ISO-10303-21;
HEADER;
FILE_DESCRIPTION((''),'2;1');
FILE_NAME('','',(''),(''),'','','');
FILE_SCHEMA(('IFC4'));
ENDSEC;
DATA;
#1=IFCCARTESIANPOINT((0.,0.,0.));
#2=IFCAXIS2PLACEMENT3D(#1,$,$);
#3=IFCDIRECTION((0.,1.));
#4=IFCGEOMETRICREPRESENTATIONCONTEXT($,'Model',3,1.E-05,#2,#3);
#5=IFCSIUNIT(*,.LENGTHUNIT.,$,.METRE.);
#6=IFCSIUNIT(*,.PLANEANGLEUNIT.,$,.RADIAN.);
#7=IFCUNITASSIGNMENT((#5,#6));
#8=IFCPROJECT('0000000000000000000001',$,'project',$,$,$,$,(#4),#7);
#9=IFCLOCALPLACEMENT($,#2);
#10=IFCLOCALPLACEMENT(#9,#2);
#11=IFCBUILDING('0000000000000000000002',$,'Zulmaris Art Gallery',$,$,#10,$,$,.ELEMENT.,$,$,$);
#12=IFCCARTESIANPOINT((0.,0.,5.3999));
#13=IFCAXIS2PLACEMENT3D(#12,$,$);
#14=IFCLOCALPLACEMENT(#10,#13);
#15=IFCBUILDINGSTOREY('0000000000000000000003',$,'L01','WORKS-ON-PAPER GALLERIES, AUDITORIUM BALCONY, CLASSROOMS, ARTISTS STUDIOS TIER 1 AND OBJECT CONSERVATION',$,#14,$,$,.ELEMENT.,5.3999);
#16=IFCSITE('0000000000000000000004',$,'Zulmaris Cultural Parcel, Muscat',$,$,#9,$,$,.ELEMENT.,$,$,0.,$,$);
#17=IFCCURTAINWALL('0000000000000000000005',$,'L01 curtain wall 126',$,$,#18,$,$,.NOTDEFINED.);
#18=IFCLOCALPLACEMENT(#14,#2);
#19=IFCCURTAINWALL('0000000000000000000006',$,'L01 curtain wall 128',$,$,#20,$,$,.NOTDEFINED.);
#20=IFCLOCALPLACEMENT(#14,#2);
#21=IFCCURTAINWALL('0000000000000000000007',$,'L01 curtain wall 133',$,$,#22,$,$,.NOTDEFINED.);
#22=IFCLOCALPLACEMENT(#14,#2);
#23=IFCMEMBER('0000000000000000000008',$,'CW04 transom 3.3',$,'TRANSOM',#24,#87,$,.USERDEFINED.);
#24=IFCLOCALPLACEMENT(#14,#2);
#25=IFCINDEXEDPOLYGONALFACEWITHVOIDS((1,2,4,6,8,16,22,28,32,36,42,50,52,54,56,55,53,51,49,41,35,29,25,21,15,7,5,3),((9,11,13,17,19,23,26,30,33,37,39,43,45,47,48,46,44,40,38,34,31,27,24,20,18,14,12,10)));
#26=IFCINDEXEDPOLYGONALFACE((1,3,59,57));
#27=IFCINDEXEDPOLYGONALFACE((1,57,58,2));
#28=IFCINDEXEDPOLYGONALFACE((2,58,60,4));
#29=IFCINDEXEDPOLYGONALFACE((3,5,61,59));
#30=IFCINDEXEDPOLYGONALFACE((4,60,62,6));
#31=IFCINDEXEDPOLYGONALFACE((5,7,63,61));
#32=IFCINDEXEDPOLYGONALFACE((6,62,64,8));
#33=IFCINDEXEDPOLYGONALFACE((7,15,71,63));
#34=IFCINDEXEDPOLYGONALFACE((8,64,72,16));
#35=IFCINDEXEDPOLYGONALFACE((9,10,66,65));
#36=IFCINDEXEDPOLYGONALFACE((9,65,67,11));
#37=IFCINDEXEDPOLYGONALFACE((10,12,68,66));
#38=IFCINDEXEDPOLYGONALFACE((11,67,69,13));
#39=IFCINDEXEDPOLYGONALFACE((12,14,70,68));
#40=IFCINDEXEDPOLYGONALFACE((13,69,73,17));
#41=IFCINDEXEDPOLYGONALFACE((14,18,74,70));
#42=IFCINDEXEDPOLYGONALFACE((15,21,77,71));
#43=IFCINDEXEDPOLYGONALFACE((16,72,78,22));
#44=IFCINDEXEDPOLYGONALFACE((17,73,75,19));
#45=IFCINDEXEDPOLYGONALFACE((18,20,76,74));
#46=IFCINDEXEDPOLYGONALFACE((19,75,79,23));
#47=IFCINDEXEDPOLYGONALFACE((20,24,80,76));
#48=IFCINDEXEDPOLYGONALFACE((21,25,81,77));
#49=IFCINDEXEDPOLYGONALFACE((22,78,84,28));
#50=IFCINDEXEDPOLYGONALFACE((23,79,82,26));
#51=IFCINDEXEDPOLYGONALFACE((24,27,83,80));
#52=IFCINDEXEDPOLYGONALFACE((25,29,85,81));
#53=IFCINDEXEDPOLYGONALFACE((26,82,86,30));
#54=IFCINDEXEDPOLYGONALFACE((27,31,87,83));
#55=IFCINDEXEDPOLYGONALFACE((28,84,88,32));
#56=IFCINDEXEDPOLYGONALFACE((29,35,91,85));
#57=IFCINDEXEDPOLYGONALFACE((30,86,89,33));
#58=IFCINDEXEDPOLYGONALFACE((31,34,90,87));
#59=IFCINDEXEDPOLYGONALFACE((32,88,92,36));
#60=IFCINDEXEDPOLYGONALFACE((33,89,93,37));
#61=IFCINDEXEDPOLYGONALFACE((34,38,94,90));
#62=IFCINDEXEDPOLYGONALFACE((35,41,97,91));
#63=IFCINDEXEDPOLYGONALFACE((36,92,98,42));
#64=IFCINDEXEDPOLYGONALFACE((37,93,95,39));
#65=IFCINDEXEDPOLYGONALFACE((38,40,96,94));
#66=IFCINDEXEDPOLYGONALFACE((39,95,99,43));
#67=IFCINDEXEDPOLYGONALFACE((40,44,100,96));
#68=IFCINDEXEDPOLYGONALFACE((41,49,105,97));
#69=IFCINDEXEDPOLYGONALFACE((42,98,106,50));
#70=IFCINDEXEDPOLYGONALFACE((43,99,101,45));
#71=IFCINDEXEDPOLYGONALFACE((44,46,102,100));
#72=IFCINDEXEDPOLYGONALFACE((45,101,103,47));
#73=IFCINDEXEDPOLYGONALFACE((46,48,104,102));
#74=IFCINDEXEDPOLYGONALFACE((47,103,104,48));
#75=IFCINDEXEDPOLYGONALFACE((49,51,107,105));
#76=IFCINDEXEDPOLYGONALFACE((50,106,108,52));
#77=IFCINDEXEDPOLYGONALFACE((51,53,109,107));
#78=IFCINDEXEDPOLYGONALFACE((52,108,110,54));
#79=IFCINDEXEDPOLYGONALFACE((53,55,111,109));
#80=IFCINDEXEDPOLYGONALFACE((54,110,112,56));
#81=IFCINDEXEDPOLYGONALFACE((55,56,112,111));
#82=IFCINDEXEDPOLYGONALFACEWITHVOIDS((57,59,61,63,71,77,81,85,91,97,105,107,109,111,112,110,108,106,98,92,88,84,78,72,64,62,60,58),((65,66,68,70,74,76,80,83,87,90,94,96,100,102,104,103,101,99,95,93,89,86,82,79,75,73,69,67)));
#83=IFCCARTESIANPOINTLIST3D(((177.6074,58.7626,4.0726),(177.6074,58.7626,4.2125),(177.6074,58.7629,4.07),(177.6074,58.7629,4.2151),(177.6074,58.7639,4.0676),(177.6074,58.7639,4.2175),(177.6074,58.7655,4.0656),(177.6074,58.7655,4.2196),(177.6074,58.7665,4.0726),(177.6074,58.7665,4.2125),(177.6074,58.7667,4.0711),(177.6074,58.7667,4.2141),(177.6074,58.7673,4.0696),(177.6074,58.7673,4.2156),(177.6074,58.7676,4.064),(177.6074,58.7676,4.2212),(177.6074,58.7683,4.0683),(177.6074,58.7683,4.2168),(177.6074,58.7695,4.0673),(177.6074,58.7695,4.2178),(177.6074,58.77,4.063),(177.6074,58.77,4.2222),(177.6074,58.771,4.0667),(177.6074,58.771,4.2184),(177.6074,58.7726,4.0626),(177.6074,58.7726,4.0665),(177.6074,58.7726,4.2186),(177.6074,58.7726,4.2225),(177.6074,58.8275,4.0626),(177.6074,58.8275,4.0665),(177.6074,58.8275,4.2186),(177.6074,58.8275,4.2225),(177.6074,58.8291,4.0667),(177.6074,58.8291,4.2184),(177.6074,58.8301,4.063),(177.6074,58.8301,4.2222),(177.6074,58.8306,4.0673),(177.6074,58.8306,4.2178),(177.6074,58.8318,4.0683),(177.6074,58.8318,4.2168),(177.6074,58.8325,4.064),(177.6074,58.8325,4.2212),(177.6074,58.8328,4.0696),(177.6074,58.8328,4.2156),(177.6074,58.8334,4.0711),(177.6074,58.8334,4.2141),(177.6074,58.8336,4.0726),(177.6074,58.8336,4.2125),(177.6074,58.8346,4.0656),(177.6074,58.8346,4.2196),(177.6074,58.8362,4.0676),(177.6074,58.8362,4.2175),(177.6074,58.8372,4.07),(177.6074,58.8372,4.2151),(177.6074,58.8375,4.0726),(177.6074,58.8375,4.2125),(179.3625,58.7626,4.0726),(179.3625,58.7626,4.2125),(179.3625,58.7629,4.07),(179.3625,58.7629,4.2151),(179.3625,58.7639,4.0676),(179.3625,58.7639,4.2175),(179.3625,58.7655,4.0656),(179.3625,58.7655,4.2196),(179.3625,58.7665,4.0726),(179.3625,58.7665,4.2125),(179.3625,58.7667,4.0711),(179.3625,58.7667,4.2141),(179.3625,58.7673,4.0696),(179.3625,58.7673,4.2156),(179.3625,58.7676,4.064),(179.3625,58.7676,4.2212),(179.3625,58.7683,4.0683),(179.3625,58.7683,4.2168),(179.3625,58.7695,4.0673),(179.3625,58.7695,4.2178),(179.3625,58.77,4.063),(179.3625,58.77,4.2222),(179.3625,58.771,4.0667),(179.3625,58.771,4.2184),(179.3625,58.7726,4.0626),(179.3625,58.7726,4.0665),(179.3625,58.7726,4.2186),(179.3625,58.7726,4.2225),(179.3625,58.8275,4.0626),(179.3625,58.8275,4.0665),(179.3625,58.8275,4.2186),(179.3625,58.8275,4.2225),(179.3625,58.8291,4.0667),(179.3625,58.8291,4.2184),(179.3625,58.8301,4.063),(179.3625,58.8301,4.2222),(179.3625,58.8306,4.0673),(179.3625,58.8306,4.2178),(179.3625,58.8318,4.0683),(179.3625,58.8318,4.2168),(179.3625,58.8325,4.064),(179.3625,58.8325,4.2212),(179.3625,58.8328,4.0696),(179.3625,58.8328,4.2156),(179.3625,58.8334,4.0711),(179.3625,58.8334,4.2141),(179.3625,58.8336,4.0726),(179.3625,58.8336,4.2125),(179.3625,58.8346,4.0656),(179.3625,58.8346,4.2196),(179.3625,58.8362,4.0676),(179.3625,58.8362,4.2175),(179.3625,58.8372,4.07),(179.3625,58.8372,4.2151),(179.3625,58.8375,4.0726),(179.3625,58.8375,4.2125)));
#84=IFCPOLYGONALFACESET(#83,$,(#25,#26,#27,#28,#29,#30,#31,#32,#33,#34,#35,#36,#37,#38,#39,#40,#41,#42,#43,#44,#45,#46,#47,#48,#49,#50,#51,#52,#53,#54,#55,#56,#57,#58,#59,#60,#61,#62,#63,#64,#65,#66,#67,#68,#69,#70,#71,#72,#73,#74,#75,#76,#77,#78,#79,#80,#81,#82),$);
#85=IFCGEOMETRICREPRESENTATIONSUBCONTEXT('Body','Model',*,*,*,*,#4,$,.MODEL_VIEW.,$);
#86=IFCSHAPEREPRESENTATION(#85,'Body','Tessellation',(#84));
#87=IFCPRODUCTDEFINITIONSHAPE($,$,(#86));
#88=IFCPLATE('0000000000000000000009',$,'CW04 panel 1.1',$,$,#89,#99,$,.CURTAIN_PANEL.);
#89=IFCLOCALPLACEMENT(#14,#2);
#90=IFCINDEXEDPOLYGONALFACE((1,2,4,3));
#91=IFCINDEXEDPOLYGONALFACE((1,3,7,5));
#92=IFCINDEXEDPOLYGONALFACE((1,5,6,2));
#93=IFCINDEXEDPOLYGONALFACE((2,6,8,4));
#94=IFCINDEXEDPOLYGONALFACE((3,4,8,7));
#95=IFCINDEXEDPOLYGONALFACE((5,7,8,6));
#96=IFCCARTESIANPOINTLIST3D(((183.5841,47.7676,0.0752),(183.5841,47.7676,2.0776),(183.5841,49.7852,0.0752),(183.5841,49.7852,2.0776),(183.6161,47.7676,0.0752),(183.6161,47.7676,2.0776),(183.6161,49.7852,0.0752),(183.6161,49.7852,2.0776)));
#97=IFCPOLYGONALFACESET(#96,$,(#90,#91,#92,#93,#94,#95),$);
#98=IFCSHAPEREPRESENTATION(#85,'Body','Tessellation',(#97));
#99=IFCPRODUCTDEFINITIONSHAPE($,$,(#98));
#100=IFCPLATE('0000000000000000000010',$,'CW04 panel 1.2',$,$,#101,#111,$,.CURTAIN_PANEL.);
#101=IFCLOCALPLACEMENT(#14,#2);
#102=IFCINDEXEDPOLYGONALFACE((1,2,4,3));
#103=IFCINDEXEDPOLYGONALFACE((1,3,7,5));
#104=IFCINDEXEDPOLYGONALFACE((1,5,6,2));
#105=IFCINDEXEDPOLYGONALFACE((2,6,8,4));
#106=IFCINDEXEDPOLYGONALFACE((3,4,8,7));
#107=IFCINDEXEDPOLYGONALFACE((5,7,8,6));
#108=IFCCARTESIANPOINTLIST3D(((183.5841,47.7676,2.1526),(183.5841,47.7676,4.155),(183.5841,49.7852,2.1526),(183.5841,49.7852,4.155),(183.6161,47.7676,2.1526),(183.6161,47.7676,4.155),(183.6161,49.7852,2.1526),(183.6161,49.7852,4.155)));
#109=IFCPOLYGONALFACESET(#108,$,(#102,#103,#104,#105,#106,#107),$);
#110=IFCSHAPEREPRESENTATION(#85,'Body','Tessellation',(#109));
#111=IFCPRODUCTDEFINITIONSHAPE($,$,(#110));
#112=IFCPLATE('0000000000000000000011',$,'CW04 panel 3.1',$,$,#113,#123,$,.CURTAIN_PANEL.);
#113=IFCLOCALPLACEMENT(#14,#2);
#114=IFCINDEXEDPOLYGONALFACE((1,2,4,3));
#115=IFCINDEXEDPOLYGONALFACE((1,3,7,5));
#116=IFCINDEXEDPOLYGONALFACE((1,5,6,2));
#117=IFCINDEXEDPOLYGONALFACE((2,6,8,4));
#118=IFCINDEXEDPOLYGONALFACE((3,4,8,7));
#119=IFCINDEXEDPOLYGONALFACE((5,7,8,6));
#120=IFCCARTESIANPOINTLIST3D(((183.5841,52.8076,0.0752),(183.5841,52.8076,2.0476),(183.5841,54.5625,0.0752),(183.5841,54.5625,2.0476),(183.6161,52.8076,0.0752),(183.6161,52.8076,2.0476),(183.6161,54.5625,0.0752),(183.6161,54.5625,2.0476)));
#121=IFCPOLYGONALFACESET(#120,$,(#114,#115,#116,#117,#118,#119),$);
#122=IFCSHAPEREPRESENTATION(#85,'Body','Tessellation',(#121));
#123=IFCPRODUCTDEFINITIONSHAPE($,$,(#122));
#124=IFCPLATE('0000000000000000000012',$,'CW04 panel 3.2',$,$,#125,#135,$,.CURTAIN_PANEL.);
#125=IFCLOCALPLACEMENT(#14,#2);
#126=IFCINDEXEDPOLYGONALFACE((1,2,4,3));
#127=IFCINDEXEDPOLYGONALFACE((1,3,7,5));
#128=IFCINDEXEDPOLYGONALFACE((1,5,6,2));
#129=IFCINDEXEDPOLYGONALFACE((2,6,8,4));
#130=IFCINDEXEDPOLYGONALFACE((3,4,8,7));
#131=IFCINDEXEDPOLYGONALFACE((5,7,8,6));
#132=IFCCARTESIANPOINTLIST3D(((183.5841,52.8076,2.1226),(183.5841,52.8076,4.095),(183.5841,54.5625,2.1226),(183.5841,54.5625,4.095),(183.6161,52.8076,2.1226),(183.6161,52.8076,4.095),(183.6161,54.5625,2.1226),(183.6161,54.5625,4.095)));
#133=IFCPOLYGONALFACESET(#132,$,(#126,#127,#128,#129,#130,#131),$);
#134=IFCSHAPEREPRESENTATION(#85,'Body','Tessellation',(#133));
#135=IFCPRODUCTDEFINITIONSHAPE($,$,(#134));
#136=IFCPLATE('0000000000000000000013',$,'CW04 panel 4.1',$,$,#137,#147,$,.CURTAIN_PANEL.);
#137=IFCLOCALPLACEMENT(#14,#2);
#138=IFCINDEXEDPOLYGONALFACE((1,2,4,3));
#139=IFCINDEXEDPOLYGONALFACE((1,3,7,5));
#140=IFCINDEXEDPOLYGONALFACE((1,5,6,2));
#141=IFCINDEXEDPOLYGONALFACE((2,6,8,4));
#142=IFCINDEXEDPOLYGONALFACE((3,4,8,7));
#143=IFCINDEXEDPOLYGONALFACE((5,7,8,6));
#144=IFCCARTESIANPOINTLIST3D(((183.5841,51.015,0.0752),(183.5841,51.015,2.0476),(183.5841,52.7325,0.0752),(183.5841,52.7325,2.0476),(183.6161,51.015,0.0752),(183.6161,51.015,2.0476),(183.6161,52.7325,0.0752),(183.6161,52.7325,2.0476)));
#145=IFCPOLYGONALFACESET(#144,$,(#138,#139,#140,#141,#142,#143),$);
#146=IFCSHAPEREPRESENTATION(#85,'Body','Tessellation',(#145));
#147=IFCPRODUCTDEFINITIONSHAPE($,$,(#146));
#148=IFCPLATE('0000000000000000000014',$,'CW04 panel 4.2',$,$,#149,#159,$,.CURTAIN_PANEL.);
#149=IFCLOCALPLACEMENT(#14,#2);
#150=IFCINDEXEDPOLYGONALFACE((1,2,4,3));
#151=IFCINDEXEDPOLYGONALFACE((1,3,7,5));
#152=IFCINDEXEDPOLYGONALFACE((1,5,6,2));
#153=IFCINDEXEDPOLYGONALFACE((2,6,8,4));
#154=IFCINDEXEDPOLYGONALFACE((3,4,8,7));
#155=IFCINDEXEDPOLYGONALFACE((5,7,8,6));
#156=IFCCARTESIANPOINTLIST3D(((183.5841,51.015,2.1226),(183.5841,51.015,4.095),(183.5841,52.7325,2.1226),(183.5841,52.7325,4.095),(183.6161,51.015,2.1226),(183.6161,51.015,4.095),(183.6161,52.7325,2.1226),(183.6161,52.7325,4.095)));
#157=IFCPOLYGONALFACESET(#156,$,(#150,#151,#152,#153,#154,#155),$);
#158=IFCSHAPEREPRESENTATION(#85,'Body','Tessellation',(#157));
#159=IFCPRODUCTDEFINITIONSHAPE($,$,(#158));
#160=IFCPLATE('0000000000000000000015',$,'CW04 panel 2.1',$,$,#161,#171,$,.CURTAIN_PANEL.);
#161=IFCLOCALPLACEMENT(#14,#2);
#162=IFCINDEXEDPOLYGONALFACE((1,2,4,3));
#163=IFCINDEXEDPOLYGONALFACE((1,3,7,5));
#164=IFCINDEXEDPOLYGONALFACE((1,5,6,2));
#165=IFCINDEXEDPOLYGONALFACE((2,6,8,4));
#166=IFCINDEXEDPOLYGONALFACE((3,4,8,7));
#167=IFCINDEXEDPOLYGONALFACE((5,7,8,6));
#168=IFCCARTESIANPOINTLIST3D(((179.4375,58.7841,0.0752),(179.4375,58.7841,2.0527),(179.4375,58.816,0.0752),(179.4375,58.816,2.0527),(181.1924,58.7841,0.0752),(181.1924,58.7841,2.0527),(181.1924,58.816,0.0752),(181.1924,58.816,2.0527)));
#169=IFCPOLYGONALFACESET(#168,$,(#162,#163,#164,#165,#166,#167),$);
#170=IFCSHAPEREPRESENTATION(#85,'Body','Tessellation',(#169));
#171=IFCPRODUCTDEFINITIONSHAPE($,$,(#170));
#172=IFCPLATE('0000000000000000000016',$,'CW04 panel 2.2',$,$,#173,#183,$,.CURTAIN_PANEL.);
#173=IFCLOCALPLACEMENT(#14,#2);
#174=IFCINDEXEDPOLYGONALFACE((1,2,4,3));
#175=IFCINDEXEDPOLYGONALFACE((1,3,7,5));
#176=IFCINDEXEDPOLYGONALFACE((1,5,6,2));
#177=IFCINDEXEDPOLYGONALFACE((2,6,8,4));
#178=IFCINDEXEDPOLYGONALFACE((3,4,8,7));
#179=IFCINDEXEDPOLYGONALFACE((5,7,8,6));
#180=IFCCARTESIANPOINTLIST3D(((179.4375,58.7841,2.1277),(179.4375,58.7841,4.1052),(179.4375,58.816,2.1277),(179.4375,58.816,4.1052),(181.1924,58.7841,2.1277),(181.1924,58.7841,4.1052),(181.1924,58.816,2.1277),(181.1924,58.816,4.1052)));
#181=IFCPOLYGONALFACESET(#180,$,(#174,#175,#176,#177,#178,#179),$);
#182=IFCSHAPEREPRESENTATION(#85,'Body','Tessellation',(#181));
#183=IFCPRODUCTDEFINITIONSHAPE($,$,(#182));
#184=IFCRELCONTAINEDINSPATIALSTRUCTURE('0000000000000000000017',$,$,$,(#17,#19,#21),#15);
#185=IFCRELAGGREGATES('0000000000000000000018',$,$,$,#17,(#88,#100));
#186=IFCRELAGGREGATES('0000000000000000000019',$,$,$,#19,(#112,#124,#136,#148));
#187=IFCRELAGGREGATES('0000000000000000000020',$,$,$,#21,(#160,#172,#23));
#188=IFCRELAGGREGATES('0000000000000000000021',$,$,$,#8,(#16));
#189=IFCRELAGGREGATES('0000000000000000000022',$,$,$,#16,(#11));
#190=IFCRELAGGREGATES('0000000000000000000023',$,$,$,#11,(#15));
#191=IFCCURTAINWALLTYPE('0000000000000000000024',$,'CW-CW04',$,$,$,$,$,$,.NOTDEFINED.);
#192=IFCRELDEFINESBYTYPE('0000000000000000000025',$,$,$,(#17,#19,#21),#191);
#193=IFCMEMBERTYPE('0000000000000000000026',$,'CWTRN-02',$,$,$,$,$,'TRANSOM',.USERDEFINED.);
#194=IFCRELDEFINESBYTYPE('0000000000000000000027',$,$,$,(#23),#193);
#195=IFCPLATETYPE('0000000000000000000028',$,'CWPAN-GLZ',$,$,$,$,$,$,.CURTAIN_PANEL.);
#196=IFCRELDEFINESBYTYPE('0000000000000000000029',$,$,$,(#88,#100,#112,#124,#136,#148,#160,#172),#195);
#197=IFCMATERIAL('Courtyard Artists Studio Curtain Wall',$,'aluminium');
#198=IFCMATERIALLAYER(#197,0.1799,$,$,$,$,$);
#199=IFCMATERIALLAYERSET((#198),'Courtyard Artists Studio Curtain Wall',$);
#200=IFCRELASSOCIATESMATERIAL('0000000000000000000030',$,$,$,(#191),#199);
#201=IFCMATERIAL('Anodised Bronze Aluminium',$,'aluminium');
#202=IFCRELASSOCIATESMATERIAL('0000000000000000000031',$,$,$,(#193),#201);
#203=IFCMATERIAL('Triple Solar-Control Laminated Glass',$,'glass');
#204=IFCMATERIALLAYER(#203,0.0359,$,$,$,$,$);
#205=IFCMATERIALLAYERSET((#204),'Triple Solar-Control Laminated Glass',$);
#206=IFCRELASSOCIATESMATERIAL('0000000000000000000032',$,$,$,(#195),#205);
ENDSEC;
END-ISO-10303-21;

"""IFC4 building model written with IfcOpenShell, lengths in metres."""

from ifc_helpers import new_model, si_unit, direction, frame, origin, origin_2d, place, context, subcontext, project, spatial, rectangle, hollow_rectangle, extrude, material, layer, layer_set, material_profile, profile_set, type_object, element, aggregate, save


model = new_model("IFC4")

# Units and contexts
model_context = context("Model", 3, precision=1e-05, world=origin(), true_north=direction((0.0, 1.0)))
body_context = subcontext(model_context, "Body", "Model", "MODEL_VIEW")
ifc_project = project(units=[si_unit("LENGTHUNIT", "METRE"), si_unit("PLANEANGLEUNIT", "RADIAN")], contexts=[model_context])

# Site, building, storey
site_placement = place(None, origin())
site = spatial("IfcSite", under=ifc_project, at=site_placement, Name="Zulmaris Cultural Parcel, Muscat", CompositionType="ELEMENT", RefElevation=0.0)
building_placement = place(site_placement, origin())
building = spatial("IfcBuilding", under=site, at=building_placement, Name="Zulmaris Art Gallery", CompositionType="ELEMENT")
storey_placement = place(building_placement, frame((0.0, 0.0, 5.3999)))
storey = spatial("IfcBuildingStorey", under=building, at=storey_placement, Name="L01", Description="WORKS-ON-PAPER GALLERIES, AUDITORIUM BALCONY, CLASSROOMS, ARTISTS STUDIOS TIER 1 AND OBJECT CONSERVATION", CompositionType="ELEMENT", Elevation=5.3999)

# Curtain walls
ifc_material_1 = material(Name="Courtyard Artists Studio Curtain Wall", Category="aluminium")
ifc_layer_1 = layer(ifc_material_1, 0.1799)
ifc_layer_set_1 = layer_set([ifc_layer_1], Name="Courtyard Artists Studio Curtain Wall")
curtain_wall_type = type_object("IfcCurtainWallType", Name="CW-CW04", PredefinedType="NOTDEFINED", material=ifc_layer_set_1)
curtain_wall_1_placement = place(storey_placement, origin())
curtain_wall_1 = element("IfcCurtainWall", 1, at=curtain_wall_1_placement, inside=storey, type_object=curtain_wall_type, Name="L01 curtain wall 126", PredefinedType="NOTDEFINED")
ifc_material_2 = material(Name="Anodised Bronze Aluminium", Category="aluminium")
curtain_wall_2_placement = place(storey_placement, origin())
curtain_wall_2 = element("IfcCurtainWall", 2, at=curtain_wall_2_placement, inside=storey, type_object=curtain_wall_type, Name="L01 curtain wall 128", PredefinedType="NOTDEFINED")

# Curtain wall
curtain_wall_3_placement = place(storey_placement, origin())
curtain_wall_3 = element("IfcCurtainWall", 3, at=curtain_wall_3_placement, inside=storey, type_object=curtain_wall_type, Name="L01 curtain wall 133", PredefinedType="NOTDEFINED")

# Member
ifc_material_profile_1 = material_profile(ifc_material_2, hollow_rectangle(XDim=0.075, YDim=0.1599, WallThickness=0.0039, InnerFilletRadius=0.0061, OuterFilletRadius=0.01, at=origin_2d()), Name="ALU 75x160x4")
ifc_profile_set_1 = profile_set([ifc_material_profile_1], Name="Anodised Bronze Aluminium")
member_type_1 = type_object("IfcMemberType", Name="CWTRN-02", ElementType="TRANSOM", PredefinedType="USERDEFINED", material=ifc_profile_set_1)
member_1_placement = place(storey_placement, frame((179.3625, 58.8, 4.1426), z_axis=(-1.0, 0.0, 0.0), x_axis=(0.0, -1.0, 0.0)))
member_1 = element("IfcMember", 4, at=member_1_placement, type_object=member_type_1, Name="CW04 transom 3.3", ObjectType="TRANSOM", PredefinedType="USERDEFINED", context=body_context, shape_type="SweptSolid", body=[
    extrude(hollow_rectangle(XDim=0.075, YDim=0.1599, WallThickness=0.0039, InnerFilletRadius=0.0061, OuterFilletRadius=0.01, at=origin_2d()), origin(), (0.0, 0.0, 1.0), 1.7551),
])

# Plates
ifc_material_3 = material(Name="Triple Solar-Control Laminated Glass", Category="glass")
ifc_layer_2 = layer(ifc_material_3, 0.0359)
ifc_layer_set_2 = layer_set([ifc_layer_2], Name="Triple Solar-Control Laminated Glass")
plate_type = type_object("IfcPlateType", Name="CWPAN-GLZ", PredefinedType="CURTAIN_PANEL", material=ifc_layer_set_2)
plate_1_placement = place(storey_placement, frame((183.6001, 48.7764, 0.0752), z_axis=(0.0, 0.0, 1.0), x_axis=(0.0, -1.0, 0.0)))
plate_1 = element("IfcPlate", 5, at=plate_1_placement, type_object=plate_type, Name="CW04 panel 1.1", PredefinedType="CURTAIN_PANEL", context=body_context, shape_type="SweptSolid", body=[
    extrude(rectangle(XDim=2.0176, YDim=0.032, at=origin_2d()), origin(), (0.0, 0.0, 1.0), 2.0024),
])
plate_2_placement = place(storey_placement, frame((183.6001, 48.7764, 2.1526), z_axis=(0.0, 0.0, 1.0), x_axis=(0.0, -1.0, 0.0)))
plate_2 = element("IfcPlate", 6, at=plate_2_placement, type_object=plate_type, Name="CW04 panel 1.2", PredefinedType="CURTAIN_PANEL", context=body_context, shape_type="SweptSolid", body=[
    extrude(rectangle(XDim=2.0176, YDim=0.032, at=origin_2d()), origin(), (0.0, 0.0, 1.0), 2.0024),
])
aggregate(curtain_wall_1, [plate_1, plate_2])
plate_3_placement = place(storey_placement, frame((183.6001, 53.6851, 0.0752), z_axis=(0.0, 0.0, 1.0), x_axis=(0.0, -1.0, 0.0)))
plate_3 = element("IfcPlate", 7, at=plate_3_placement, type_object=plate_type, Name="CW04 panel 3.1", PredefinedType="CURTAIN_PANEL", context=body_context, shape_type="SweptSolid", body=[
    extrude(rectangle(XDim=1.7549, YDim=0.032, at=origin_2d()), origin(), (0.0, 0.0, 1.0), 1.9724),
])
plate_4_placement = place(storey_placement, frame((183.6001, 53.6851, 2.1226), z_axis=(0.0, 0.0, 1.0), x_axis=(0.0, -1.0, 0.0)))
plate_4 = element("IfcPlate", 8, at=plate_4_placement, type_object=plate_type, Name="CW04 panel 3.2", PredefinedType="CURTAIN_PANEL", context=body_context, shape_type="SweptSolid", body=[
    extrude(rectangle(XDim=1.7549, YDim=0.032, at=origin_2d()), origin(), (0.0, 0.0, 1.0), 1.9724),
])
plate_5_placement = place(storey_placement, frame((183.6001, 51.8738, 0.0752), z_axis=(0.0, 0.0, 1.0), x_axis=(0.0, -1.0, 0.0)))
plate_5 = element("IfcPlate", 9, at=plate_5_placement, type_object=plate_type, Name="CW04 panel 4.1", PredefinedType="CURTAIN_PANEL", context=body_context, shape_type="SweptSolid", body=[
    extrude(rectangle(XDim=1.7175, YDim=0.032, at=origin_2d()), origin(), (0.0, 0.0, 1.0), 1.9724),
])
plate_6_placement = place(storey_placement, frame((183.6001, 51.8738, 2.1226), z_axis=(0.0, 0.0, 1.0), x_axis=(0.0, -1.0, 0.0)))
plate_6 = element("IfcPlate", 10, at=plate_6_placement, type_object=plate_type, Name="CW04 panel 4.2", PredefinedType="CURTAIN_PANEL", context=body_context, shape_type="SweptSolid", body=[
    extrude(rectangle(XDim=1.7175, YDim=0.032, at=origin_2d()), origin(), (0.0, 0.0, 1.0), 1.9724),
])
aggregate(curtain_wall_2, [plate_3, plate_4, plate_5, plate_6])
plate_7_placement = place(storey_placement, frame((180.3149, 58.8, 0.0752), z_axis=(0.0, 0.0, 1.0), x_axis=(-1.0, 0.0, 0.0)))
plate_7 = element("IfcPlate", 11, at=plate_7_placement, type_object=plate_type, Name="CW04 panel 2.1", PredefinedType="CURTAIN_PANEL", context=body_context, shape_type="SweptSolid", body=[
    extrude(rectangle(XDim=1.7549, YDim=0.032, at=origin_2d()), origin(), (0.0, 0.0, 1.0), 1.9775),
])
plate_8_placement = place(storey_placement, frame((180.3149, 58.8, 2.1277), z_axis=(0.0, 0.0, 1.0), x_axis=(-1.0, 0.0, 0.0)))
plate_8 = element("IfcPlate", 12, at=plate_8_placement, type_object=plate_type, Name="CW04 panel 2.2", PredefinedType="CURTAIN_PANEL", context=body_context, shape_type="SweptSolid", body=[
    extrude(rectangle(XDim=1.7549, YDim=0.032, at=origin_2d()), origin(), (0.0, 0.0, 1.0), 1.9775),
])
aggregate(curtain_wall_3, [plate_7, plate_8, member_1])

save(model, "model.ifc")
